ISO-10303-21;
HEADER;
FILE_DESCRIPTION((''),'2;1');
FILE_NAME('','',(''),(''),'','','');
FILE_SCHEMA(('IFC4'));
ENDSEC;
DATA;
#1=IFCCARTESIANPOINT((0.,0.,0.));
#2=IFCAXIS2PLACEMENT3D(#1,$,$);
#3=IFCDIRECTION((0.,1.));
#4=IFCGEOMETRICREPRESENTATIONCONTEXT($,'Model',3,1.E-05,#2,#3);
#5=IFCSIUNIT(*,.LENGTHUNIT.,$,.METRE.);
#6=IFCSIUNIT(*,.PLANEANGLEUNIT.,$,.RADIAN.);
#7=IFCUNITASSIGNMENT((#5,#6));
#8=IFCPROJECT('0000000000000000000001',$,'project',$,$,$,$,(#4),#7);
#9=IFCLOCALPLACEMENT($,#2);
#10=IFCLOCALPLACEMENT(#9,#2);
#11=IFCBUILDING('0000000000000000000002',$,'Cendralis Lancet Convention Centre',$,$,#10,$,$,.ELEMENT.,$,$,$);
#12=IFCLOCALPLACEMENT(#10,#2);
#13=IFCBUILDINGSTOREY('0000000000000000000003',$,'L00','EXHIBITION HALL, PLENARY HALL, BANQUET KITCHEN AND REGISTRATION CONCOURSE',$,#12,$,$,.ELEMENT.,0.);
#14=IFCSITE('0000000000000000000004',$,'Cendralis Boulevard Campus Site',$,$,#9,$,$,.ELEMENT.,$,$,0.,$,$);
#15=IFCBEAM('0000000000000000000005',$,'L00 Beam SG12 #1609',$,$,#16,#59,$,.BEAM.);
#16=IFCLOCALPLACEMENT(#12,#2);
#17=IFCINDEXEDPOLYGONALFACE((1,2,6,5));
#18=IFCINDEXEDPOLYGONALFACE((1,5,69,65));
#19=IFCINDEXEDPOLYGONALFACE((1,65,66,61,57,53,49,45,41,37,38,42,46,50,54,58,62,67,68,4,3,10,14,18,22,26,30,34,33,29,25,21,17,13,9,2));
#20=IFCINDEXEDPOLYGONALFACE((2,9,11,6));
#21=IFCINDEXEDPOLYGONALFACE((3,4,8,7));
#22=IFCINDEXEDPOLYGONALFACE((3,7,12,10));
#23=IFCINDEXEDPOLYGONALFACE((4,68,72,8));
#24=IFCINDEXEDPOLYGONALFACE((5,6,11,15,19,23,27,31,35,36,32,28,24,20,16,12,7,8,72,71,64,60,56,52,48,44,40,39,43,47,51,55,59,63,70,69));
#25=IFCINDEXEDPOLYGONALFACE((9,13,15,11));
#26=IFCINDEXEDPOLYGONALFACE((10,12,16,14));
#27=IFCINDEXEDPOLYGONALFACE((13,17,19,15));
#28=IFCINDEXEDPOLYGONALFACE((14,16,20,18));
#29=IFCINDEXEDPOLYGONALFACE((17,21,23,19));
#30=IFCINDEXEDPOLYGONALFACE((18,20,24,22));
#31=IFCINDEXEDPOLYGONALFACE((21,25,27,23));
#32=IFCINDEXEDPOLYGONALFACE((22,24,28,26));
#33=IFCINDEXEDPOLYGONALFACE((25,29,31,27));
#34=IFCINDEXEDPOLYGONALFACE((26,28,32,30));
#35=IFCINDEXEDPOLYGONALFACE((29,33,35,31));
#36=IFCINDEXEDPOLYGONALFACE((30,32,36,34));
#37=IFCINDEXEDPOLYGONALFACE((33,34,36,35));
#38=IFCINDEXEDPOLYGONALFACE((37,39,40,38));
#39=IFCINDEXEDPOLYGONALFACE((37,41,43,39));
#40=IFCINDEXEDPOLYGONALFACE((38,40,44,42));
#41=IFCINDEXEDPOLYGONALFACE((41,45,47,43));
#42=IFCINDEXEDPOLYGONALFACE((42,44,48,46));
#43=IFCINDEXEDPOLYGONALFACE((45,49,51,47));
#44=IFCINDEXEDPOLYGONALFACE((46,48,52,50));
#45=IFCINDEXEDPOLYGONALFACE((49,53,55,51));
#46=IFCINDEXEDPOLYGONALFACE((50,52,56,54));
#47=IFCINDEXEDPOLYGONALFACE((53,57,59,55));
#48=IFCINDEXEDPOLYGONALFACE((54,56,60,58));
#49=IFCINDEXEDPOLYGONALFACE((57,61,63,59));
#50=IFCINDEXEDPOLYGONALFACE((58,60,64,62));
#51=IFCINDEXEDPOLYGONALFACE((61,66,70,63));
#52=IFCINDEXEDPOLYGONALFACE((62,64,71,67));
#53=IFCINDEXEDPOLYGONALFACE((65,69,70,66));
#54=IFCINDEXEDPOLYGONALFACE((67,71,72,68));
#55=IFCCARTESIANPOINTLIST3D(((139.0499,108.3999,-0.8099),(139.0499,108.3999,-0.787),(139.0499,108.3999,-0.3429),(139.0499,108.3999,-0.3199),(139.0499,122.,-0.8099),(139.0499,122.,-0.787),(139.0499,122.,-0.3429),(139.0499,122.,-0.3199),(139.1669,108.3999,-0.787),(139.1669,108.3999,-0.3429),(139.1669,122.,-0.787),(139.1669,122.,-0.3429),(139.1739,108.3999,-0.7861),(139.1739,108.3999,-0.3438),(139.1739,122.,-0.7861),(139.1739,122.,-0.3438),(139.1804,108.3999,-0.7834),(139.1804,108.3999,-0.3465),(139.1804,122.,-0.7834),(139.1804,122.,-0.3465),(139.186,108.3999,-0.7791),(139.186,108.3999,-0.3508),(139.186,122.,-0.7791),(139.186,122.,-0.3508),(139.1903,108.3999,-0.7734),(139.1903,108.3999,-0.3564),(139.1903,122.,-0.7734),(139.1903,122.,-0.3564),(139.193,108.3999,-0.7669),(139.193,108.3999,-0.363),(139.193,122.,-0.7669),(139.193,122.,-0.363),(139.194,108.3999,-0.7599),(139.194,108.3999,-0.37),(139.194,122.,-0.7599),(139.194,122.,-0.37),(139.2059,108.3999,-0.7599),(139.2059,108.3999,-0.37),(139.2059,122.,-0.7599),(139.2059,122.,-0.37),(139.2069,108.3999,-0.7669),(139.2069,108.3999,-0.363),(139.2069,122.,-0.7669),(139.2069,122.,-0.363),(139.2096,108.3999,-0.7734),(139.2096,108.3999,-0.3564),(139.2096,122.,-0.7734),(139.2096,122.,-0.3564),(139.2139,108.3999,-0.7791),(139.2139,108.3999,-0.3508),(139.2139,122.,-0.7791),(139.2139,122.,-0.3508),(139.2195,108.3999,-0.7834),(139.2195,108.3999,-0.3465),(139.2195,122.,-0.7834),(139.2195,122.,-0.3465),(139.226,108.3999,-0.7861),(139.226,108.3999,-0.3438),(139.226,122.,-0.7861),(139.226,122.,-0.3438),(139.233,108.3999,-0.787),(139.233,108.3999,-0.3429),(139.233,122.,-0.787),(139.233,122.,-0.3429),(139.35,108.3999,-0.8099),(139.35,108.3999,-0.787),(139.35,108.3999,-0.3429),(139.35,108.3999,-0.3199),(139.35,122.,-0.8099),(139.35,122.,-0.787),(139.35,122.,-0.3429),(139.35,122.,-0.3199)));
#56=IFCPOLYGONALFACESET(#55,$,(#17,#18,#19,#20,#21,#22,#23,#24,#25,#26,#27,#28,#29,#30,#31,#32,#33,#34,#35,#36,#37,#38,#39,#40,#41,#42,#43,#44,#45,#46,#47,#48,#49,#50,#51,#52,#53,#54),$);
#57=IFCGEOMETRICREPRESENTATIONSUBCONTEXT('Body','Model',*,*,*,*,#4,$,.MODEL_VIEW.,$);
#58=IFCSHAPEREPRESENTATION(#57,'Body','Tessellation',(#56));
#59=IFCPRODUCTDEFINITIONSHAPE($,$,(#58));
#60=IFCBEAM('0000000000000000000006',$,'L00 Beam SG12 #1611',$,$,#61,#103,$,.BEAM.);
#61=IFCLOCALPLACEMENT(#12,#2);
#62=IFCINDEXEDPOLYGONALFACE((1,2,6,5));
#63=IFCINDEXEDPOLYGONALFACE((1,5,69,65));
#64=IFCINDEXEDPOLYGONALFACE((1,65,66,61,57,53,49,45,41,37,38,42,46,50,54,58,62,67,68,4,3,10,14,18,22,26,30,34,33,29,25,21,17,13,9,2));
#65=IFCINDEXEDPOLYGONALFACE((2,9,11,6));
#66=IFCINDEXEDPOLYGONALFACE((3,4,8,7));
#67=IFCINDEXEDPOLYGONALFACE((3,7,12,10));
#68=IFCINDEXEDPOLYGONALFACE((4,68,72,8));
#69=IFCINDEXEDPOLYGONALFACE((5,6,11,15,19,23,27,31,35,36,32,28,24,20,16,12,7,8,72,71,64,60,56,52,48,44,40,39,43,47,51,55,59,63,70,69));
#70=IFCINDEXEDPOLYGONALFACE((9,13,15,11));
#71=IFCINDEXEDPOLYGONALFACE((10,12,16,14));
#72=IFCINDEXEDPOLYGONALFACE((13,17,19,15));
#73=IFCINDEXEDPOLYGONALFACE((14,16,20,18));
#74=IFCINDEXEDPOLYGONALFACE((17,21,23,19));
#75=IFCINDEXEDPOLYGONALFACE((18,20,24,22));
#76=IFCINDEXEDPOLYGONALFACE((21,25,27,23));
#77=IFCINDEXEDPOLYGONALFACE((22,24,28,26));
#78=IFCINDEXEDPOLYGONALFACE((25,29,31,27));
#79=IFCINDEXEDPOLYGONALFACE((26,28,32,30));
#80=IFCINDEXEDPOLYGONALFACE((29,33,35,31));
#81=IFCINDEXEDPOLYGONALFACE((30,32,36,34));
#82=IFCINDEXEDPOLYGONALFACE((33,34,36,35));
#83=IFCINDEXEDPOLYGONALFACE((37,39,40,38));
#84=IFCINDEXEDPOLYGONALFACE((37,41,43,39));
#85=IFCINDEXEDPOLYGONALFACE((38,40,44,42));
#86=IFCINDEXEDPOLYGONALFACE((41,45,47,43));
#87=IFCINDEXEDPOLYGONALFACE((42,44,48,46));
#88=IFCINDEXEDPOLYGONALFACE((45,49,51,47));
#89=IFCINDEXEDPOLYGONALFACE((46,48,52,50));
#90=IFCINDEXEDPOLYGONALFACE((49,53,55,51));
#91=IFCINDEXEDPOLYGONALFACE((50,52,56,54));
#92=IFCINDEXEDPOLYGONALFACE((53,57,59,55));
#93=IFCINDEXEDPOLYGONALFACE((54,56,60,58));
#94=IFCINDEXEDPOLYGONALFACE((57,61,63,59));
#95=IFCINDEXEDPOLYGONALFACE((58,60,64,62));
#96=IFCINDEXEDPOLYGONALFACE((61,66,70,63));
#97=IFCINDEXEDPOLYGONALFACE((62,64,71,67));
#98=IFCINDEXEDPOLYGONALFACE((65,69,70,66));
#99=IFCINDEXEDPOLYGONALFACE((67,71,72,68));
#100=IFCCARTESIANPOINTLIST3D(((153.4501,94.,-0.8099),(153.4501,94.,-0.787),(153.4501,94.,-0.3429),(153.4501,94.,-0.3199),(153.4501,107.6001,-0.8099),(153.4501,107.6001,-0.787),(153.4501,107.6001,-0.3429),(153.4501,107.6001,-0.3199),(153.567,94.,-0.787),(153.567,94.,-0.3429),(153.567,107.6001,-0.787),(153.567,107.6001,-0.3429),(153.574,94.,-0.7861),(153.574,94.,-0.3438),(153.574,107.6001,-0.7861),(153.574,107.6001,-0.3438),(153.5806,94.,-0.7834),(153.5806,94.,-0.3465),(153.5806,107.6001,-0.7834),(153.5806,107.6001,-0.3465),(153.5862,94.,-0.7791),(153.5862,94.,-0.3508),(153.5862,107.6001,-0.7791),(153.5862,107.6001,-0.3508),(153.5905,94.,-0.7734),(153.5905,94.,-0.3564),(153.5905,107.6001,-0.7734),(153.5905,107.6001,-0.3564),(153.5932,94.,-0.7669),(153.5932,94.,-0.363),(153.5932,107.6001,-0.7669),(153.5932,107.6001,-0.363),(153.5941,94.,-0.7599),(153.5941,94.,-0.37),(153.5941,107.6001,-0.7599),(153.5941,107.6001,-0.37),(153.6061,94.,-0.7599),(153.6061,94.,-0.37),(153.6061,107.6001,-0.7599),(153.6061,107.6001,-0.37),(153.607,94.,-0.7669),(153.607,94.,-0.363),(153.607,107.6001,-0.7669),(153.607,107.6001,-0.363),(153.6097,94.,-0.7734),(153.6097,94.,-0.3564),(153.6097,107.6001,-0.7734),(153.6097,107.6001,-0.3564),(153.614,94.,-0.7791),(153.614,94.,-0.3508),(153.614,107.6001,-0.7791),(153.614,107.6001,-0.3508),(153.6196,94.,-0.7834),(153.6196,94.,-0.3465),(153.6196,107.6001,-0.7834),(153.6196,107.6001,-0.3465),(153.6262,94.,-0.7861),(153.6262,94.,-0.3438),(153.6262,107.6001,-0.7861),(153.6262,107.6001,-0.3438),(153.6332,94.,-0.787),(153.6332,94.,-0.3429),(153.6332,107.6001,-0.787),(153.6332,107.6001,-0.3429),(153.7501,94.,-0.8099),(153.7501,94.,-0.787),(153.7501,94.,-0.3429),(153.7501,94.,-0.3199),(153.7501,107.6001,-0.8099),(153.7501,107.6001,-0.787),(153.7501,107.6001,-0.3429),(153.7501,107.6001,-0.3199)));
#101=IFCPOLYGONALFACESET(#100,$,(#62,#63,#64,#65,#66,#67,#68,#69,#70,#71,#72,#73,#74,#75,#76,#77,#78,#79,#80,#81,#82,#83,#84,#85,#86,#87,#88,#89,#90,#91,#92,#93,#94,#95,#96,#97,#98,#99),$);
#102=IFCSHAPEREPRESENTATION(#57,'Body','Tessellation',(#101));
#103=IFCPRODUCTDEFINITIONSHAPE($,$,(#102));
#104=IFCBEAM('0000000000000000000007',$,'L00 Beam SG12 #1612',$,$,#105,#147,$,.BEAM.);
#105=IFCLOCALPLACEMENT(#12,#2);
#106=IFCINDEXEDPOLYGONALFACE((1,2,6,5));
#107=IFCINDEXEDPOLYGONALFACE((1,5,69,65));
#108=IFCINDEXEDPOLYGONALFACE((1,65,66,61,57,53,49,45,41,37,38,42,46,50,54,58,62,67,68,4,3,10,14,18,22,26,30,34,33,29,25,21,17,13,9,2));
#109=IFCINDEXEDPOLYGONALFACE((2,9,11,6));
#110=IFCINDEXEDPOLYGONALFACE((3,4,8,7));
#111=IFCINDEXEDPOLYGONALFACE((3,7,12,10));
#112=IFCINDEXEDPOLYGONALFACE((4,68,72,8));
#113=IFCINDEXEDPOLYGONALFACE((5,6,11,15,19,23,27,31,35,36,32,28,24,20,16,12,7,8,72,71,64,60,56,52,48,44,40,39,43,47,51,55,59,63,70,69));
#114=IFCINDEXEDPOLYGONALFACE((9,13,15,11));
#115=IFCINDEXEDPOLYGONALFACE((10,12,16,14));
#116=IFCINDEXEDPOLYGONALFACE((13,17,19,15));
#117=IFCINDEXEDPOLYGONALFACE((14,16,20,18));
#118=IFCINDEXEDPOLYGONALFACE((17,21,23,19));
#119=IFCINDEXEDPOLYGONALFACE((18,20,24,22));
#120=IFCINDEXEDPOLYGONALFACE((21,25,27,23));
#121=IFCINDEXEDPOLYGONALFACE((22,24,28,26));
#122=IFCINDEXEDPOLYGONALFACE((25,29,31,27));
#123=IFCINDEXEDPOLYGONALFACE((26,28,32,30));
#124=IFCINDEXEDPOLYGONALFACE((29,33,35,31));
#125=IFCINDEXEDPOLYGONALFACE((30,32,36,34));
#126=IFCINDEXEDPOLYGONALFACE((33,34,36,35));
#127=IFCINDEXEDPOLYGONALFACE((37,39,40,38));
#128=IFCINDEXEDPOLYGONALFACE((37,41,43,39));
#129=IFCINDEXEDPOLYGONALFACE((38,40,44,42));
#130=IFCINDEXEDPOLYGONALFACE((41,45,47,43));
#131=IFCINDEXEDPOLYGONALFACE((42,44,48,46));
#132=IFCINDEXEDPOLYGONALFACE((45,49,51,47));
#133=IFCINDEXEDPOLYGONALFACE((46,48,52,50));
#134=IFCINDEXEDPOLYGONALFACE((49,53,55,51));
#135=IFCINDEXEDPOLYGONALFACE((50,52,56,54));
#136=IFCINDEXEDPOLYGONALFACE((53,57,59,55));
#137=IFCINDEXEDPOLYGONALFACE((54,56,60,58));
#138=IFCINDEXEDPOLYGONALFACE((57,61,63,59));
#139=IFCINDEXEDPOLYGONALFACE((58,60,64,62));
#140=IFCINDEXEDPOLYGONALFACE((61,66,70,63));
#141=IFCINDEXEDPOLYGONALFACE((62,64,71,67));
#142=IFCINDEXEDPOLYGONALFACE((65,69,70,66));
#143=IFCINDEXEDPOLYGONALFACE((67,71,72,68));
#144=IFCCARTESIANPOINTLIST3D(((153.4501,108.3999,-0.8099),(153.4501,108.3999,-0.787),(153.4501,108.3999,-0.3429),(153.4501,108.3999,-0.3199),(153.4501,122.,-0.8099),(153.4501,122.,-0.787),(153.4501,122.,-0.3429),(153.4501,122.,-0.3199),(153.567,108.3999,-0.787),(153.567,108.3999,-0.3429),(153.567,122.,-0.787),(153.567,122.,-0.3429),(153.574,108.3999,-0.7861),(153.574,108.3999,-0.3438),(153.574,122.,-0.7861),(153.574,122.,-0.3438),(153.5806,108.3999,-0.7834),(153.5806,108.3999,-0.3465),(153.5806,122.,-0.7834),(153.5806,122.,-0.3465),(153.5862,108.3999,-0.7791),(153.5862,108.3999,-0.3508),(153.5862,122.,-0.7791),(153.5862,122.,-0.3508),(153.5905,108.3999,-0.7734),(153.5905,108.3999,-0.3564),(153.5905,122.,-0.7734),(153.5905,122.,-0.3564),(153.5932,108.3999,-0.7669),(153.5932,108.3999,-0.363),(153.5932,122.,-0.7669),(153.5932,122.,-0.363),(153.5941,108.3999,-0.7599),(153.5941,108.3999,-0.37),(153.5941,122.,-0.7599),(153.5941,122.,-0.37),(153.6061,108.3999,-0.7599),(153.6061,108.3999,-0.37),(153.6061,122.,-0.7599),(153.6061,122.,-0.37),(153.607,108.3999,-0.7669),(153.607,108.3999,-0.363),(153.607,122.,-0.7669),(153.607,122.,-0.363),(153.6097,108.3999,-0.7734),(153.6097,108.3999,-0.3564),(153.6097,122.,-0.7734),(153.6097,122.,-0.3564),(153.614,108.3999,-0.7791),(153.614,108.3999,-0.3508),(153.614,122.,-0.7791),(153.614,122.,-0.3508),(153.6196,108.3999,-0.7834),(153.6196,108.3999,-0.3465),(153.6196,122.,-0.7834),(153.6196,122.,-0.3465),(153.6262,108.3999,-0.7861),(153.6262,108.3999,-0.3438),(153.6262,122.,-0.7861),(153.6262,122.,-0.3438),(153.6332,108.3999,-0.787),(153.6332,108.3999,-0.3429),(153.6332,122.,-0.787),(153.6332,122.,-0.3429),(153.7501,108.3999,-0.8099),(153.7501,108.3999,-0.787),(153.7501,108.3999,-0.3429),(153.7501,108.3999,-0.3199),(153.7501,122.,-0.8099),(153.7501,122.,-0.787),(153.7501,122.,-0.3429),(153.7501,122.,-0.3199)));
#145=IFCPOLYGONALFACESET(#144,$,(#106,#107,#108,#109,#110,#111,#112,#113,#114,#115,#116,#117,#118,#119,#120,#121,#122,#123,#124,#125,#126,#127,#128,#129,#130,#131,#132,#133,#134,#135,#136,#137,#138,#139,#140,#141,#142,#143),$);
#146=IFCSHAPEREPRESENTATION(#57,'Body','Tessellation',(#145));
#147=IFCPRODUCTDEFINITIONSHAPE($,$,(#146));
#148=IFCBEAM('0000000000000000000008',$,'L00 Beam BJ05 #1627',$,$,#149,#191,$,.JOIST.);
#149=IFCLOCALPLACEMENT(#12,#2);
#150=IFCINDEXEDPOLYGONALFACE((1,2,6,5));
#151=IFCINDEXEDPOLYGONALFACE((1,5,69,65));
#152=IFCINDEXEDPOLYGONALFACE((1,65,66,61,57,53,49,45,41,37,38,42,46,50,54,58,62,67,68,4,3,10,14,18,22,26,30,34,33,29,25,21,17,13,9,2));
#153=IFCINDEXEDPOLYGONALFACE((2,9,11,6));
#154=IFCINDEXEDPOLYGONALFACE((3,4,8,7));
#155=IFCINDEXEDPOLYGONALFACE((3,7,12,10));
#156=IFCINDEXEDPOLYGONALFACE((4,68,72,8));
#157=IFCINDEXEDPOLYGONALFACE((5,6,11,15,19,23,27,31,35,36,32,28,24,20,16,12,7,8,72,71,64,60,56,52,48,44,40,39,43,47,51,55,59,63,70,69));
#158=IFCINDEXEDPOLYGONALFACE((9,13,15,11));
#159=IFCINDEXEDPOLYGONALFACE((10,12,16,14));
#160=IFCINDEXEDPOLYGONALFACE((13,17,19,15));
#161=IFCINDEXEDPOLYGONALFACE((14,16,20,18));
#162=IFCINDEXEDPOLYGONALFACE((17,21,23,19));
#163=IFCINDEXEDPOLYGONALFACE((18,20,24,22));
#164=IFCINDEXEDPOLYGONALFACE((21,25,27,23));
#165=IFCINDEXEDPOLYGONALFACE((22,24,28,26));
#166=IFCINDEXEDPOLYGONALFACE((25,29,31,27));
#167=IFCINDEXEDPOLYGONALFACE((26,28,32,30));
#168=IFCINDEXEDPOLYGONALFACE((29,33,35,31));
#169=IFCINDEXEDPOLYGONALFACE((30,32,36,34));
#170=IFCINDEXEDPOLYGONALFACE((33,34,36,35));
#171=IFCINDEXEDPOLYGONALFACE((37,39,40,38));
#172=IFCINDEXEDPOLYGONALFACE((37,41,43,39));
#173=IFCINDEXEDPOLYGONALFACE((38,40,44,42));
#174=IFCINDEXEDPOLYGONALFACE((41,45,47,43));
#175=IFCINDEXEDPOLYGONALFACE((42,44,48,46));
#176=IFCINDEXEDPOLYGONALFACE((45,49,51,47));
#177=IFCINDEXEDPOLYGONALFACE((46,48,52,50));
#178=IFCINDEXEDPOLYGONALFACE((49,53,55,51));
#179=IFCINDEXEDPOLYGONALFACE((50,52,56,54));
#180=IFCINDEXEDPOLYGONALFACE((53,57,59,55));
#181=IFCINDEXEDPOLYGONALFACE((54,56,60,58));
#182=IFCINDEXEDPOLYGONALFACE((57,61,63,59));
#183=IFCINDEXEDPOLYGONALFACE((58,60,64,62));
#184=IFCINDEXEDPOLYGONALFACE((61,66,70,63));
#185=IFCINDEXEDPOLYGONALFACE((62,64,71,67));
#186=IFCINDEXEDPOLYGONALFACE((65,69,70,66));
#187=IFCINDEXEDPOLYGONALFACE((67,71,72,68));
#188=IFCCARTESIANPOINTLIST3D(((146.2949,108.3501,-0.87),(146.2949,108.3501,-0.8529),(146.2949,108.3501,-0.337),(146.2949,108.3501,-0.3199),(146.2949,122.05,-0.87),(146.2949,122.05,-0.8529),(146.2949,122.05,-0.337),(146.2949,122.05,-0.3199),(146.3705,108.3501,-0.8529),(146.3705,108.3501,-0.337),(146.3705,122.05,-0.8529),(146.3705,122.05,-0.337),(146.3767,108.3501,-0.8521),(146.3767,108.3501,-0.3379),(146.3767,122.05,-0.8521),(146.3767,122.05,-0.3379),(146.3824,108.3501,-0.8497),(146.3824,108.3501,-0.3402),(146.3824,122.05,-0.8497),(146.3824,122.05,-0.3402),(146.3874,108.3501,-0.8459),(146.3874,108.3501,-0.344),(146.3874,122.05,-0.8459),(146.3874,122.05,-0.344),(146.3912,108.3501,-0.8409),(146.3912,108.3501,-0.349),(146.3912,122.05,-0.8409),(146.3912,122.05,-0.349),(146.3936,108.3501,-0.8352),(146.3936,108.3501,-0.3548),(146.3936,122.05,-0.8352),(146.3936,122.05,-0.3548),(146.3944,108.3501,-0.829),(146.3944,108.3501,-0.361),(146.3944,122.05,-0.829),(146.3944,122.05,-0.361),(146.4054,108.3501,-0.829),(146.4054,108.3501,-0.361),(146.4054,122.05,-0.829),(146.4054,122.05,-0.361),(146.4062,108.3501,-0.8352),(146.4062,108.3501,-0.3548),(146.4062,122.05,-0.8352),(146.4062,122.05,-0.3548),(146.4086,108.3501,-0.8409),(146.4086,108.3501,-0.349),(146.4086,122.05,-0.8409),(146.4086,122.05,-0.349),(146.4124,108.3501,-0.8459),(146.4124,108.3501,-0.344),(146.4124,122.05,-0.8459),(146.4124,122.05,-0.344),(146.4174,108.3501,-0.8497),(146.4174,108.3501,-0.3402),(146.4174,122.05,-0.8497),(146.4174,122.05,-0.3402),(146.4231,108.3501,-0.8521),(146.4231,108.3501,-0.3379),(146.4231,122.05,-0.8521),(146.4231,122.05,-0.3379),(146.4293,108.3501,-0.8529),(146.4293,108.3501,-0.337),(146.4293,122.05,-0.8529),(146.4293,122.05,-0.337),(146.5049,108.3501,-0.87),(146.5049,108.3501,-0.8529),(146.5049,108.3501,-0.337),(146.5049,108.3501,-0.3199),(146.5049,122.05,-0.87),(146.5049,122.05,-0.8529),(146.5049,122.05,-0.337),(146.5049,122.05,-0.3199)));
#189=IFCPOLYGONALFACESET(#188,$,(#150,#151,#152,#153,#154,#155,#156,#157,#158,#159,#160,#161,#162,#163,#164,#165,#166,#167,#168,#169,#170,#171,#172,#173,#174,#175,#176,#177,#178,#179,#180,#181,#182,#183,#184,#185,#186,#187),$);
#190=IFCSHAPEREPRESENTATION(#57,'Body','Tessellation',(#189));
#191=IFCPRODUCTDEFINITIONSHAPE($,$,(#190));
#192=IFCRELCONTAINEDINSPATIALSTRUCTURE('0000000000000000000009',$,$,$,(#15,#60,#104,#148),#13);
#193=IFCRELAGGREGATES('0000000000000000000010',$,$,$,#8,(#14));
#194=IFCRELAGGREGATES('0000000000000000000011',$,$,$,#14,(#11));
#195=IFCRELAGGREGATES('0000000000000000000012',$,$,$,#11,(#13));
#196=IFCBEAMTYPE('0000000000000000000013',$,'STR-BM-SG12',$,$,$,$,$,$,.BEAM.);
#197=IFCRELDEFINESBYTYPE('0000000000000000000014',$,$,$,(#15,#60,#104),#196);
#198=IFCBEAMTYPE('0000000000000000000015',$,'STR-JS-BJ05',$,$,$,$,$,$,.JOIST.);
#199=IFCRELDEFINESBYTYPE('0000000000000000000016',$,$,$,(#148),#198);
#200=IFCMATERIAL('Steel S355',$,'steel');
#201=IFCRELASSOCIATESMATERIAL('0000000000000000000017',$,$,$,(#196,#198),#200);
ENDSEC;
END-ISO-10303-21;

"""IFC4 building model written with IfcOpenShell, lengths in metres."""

from ifc_helpers import new_model, si_unit, direction, frame, origin, origin_2d, place, context, subcontext, project, spatial, i_section, extrude, material, material_profile, profile_set, type_object, element, save


model = new_model("IFC4")

# Units and contexts
model_context = context("Model", 3, precision=1e-05, world=origin(), true_north=direction((0.0, 1.0)))
body_context = subcontext(model_context, "Body", "Model", "MODEL_VIEW")
ifc_project = project(units=[si_unit("LENGTHUNIT", "METRE"), si_unit("PLANEANGLEUNIT", "RADIAN")], contexts=[model_context])

# Site, building, storey
site_placement = place(None, origin())
site = spatial("IfcSite", under=ifc_project, at=site_placement, Name="Cendralis Boulevard Campus Site", CompositionType="ELEMENT", RefElevation=0.0)
building_placement = place(site_placement, origin())
building = spatial("IfcBuilding", under=site, at=building_placement, Name="Cendralis Lancet Convention Centre", CompositionType="ELEMENT")
storey_placement = place(building_placement, origin())
storey = spatial("IfcBuildingStorey", under=building, at=storey_placement, Name="L00", Description="EXHIBITION HALL, PLENARY HALL, BANQUET KITCHEN AND REGISTRATION CONCOURSE", CompositionType="ELEMENT", Elevation=0.0)

# Beams
ifc_material_1 = material(Name="Steel S355", Category="steel")
ifc_material_profile_1 = material_profile(ifc_material_1, i_section(OverallWidth=0.3, OverallDepth=0.49, WebThickness=0.012, FlangeThickness=0.0229, FilletRadius=0.0271, at=origin_2d()), Name="HEA 500")
ifc_profile_set_1 = profile_set([ifc_material_profile_1], Name="Steel S355")
beam_type_1 = type_object("IfcBeamType", Name="STR-BM-SG12", PredefinedType="BEAM", material=ifc_profile_set_1)
for number, where, z_axis, x_axis, name in (
    (1, (139.2, 108.3999, -0.5649), (0.0, 1.0, 0.0), (-1.0, 0.0, 0.0), "L00 Beam SG12 #1609"),
    (2, (153.6001, 94.0, -0.5649), (0.0, 1.0, 0.0), (-1.0, 0.0, 0.0), "L00 Beam SG12 #1611"),
    (3, (153.6001, 108.3999, -0.5649), (0.0, 1.0, 0.0), (-1.0, 0.0, 0.0), "L00 Beam SG12 #1612"),
):
    element("IfcBeam", number, at=place(storey_placement, frame(where, z_axis=z_axis, x_axis=x_axis)), inside=storey, type_object=beam_type_1, Name=name, PredefinedType="BEAM", context=body_context, shape_type="SweptSolid", body=[
        extrude(i_section(OverallWidth=0.3, OverallDepth=0.49, WebThickness=0.012, FlangeThickness=0.0229, FilletRadius=0.0271, at=origin_2d()), origin(), (0.0, 0.0, 1.0), 13.6001),
    ])
ifc_material_profile_2 = material_profile(ifc_material_1, i_section(OverallWidth=0.21, OverallDepth=0.55, WebThickness=0.011, FlangeThickness=0.0171, FilletRadius=0.0239, at=origin_2d()), Name="IPE 550")
ifc_profile_set_2 = profile_set([ifc_material_profile_2], Name="Steel S355")
beam_type_2 = type_object("IfcBeamType", Name="STR-JS-BJ05", PredefinedType="JOIST", material=ifc_profile_set_2)
beam_1_placement = place(storey_placement, frame((146.3999, 108.3501, -0.595), z_axis=(0.0, 1.0, 0.0), x_axis=(-1.0, 0.0, 0.0)))
element("IfcBeam", 4, at=beam_1_placement, inside=storey, type_object=beam_type_2, Name="L00 Beam BJ05 #1627", PredefinedType="JOIST", context=body_context, shape_type="SweptSolid", body=[
    extrude(i_section(OverallWidth=0.21, OverallDepth=0.55, WebThickness=0.011, FlangeThickness=0.0171, FilletRadius=0.0239, at=origin_2d()), origin(), (0.0, 0.0, 1.0), 13.7),
])

save(model, "model.ifc")
